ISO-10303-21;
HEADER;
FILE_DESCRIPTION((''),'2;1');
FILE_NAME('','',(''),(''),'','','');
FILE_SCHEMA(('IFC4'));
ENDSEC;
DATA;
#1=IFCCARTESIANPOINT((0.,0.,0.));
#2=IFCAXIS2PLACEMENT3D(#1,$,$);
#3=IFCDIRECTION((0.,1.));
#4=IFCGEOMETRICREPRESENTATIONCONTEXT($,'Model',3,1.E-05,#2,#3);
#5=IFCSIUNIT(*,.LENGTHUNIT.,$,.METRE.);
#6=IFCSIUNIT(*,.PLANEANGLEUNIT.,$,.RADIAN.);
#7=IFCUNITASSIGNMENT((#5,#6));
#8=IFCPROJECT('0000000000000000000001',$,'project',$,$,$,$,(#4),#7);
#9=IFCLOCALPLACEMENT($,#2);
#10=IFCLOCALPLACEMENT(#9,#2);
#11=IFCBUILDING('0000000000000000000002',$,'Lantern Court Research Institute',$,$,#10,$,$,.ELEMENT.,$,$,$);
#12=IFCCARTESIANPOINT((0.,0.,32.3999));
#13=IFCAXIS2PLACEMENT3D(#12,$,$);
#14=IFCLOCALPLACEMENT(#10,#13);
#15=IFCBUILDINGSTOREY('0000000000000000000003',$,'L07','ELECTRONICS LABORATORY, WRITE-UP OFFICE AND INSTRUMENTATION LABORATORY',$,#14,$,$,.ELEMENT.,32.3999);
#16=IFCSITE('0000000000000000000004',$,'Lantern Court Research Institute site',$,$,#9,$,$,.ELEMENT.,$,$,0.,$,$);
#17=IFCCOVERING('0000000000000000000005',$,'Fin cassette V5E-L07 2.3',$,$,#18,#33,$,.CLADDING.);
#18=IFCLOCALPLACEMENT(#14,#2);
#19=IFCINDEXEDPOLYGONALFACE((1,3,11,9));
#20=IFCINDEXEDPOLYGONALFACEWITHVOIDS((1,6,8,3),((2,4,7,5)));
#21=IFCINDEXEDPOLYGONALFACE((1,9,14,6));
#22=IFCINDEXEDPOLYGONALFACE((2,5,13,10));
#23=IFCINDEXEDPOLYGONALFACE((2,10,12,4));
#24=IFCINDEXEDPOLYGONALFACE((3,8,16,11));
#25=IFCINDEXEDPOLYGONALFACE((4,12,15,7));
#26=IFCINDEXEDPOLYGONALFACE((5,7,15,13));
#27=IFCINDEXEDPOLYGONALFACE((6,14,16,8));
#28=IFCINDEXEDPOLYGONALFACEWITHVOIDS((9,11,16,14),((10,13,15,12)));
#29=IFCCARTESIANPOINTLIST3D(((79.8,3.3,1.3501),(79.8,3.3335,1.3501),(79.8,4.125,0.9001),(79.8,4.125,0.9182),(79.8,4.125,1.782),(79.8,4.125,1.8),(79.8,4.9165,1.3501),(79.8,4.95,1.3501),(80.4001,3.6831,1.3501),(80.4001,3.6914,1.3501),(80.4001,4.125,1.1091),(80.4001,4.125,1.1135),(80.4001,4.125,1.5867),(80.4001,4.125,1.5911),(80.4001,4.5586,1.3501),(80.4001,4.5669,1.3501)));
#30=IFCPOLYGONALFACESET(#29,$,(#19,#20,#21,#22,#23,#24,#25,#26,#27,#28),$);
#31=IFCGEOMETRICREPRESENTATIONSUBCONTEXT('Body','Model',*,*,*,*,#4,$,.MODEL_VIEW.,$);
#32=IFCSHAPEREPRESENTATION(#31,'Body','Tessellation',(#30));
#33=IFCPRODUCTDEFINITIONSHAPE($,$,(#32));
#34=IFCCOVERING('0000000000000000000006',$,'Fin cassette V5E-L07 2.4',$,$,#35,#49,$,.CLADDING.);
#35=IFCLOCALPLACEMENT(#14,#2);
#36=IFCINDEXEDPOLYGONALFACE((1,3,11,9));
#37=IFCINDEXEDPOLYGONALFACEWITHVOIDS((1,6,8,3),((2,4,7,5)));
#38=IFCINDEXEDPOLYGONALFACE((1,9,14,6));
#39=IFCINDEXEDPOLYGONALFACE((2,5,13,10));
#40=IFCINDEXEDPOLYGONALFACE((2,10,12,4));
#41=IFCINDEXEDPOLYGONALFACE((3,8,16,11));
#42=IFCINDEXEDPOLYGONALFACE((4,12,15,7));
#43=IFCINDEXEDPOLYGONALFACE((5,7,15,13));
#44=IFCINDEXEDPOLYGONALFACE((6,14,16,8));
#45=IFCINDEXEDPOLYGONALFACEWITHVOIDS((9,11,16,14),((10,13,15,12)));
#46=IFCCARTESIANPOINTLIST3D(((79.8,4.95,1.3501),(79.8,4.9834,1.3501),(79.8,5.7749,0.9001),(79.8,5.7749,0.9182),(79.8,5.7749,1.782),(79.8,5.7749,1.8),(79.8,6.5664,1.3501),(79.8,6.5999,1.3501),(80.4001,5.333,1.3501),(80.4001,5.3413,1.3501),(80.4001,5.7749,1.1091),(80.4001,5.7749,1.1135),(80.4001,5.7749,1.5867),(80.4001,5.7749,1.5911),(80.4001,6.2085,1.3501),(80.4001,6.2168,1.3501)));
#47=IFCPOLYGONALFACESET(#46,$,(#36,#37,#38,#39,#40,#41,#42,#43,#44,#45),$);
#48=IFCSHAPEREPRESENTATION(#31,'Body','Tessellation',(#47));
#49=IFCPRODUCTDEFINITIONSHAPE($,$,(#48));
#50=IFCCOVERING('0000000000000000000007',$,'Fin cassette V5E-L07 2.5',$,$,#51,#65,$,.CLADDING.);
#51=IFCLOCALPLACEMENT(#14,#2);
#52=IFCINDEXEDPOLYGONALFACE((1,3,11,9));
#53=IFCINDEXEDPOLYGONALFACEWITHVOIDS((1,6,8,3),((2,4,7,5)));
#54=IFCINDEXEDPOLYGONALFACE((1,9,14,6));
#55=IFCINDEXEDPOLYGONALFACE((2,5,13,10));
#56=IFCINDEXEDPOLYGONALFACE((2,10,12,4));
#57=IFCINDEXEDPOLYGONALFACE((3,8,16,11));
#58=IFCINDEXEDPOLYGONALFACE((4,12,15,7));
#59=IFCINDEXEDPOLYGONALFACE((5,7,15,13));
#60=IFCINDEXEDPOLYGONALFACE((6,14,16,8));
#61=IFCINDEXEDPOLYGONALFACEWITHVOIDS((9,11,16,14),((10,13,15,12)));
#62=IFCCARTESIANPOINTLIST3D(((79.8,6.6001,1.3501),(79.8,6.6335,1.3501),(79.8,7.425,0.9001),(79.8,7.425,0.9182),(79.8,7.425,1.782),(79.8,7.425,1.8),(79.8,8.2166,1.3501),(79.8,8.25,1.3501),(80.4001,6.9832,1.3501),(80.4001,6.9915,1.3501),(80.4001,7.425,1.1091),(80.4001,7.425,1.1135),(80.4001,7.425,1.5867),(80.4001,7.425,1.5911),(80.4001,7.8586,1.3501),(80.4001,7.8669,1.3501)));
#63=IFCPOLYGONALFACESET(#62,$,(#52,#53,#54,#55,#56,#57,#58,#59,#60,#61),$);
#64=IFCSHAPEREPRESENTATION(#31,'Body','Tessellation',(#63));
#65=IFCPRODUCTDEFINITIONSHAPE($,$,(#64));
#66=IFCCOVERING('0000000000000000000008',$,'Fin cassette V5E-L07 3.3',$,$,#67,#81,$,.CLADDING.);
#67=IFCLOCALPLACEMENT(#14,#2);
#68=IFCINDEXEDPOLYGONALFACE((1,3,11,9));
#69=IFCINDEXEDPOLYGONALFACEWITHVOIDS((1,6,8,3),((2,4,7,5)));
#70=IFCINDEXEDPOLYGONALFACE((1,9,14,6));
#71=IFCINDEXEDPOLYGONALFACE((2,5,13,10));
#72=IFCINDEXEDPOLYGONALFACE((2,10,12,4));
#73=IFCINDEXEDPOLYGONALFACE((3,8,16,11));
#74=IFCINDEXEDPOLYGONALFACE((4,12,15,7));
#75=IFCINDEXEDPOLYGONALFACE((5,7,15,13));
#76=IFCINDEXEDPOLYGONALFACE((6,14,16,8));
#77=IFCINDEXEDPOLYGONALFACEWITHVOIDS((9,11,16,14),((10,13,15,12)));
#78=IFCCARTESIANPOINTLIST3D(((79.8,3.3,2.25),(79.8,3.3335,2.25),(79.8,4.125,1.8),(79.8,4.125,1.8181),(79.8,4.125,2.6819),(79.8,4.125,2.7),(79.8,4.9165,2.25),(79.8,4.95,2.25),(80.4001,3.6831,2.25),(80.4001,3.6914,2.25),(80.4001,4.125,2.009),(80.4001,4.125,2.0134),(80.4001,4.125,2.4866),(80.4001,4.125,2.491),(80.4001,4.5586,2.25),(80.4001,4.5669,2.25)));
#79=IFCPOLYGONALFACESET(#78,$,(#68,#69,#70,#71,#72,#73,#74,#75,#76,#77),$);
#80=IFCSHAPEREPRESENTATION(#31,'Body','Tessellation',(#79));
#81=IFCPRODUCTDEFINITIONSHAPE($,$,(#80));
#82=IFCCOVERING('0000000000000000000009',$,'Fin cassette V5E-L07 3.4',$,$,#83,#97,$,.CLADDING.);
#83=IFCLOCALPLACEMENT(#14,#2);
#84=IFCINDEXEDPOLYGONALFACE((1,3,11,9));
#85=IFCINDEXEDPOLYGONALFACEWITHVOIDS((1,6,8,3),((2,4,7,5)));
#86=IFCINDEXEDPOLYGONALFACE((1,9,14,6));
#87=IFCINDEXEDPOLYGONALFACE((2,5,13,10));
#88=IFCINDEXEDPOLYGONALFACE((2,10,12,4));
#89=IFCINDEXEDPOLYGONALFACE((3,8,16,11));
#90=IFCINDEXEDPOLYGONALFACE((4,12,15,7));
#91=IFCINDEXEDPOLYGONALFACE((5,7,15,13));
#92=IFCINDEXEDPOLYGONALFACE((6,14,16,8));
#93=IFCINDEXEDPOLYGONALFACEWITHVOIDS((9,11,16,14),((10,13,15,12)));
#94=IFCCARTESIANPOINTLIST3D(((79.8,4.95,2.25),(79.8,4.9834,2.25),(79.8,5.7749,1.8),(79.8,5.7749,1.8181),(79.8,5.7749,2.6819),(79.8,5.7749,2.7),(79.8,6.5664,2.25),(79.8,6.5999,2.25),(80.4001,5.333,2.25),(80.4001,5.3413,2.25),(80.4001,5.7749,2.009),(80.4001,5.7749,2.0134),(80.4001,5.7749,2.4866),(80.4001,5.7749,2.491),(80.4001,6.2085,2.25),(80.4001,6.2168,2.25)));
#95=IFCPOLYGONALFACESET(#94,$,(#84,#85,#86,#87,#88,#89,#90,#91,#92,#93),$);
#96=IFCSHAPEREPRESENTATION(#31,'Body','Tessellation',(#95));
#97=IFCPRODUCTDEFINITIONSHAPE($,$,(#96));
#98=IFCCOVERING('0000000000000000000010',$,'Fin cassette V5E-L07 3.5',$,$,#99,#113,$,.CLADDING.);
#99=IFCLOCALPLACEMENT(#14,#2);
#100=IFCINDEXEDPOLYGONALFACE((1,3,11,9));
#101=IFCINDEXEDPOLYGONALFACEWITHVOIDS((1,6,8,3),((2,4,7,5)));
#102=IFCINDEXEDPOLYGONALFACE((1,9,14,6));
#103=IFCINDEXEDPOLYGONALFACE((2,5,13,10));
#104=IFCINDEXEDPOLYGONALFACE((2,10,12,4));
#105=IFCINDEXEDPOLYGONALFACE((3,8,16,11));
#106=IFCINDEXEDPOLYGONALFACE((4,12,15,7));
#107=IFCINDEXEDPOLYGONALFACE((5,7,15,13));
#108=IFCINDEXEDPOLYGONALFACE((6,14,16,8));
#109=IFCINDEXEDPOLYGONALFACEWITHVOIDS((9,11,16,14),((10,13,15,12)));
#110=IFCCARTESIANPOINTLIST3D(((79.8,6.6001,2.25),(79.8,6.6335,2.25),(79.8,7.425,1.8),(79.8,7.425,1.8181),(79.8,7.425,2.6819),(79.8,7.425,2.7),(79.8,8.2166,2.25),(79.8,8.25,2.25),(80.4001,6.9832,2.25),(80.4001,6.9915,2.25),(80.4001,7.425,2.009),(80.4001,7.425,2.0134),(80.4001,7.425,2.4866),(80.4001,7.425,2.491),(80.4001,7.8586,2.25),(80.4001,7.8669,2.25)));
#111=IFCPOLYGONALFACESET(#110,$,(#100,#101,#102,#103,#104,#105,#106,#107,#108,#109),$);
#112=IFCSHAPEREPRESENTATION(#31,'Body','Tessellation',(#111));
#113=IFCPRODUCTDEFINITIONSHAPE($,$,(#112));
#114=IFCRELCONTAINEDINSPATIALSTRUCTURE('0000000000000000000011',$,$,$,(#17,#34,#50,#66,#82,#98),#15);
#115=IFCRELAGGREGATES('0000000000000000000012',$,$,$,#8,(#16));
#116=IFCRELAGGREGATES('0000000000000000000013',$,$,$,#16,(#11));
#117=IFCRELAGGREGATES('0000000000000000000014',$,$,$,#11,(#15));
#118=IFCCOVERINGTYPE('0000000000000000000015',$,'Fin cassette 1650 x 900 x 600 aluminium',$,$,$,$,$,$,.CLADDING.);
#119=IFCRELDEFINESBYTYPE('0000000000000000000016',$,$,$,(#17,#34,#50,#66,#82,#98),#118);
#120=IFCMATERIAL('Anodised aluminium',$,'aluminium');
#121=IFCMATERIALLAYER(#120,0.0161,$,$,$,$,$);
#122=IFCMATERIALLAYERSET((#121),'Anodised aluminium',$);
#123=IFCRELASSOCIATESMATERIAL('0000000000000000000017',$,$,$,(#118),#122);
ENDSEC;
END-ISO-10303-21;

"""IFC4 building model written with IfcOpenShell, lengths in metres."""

from ifc_helpers import new_model, entity, si_unit, direction, frame, origin, place, context, subcontext, project, spatial, material, layer, layer_set, type_object, element, save


model = new_model("IFC4")

# Units and contexts
model_context = context("Model", 3, precision=1e-05, world=origin(), true_north=direction((0.0, 1.0)))
body_context = subcontext(model_context, "Body", "Model", "MODEL_VIEW")
ifc_project = project(units=[si_unit("LENGTHUNIT", "METRE"), si_unit("PLANEANGLEUNIT", "RADIAN")], contexts=[model_context])

# Site, building, storey
site_placement = place(None, origin())
site = spatial("IfcSite", under=ifc_project, at=site_placement, Name="Lantern Court Research Institute site", CompositionType="ELEMENT", RefElevation=0.0)
building_placement = place(site_placement, origin())
building = spatial("IfcBuilding", under=site, at=building_placement, Name="Lantern Court Research Institute", CompositionType="ELEMENT")
storey_placement = place(building_placement, frame((0.0, 0.0, 32.3999)))
storey = spatial("IfcBuildingStorey", under=building, at=storey_placement, Name="L07", Description="ELECTRONICS LABORATORY, WRITE-UP OFFICE AND INSTRUMENTATION LABORATORY", CompositionType="ELEMENT", Elevation=32.3999)

# Coverings
ifc_material_1 = material(Name="Anodised aluminium", Category="aluminium")
ifc_layer_1 = layer(ifc_material_1, 0.0161)
ifc_layer_set_1 = layer_set([ifc_layer_1], Name="Anodised aluminium")
covering_type = type_object("IfcCoveringType", Name="Fin cassette 1650 x 900 x 600 aluminium", PredefinedType="CLADDING", material=ifc_layer_set_1)
covering_1_placement = place(storey_placement, frame((79.8, 4.125, 1.3501), z_axis=(1.0, 0.0, 0.0), x_axis=(0.0, 1.0, 0.0)))
cartesian_point_1 = entity("IfcCartesianPoint", [0.825, 0.0])
cartesian_point_2 = entity("IfcCartesianPoint", [0.7915, 0.0])
cartesian_point_3 = entity("IfcCartesianPoint", [0.4419, 0.0])
cartesian_point_4 = entity("IfcCartesianPoint", [0.4336, 0.0])
element("IfcCovering", 1, at=covering_1_placement, inside=storey, type_object=covering_type, Name="Fin cassette V5E-L07 2.3", PredefinedType="CLADDING", context=body_context, shape_type="SweptSolid", body=[
    entity("IfcExtrudedAreaSolidTapered", entity("IfcArbitraryProfileDefWithVoids", "AREA", None, entity("IfcPolyline", [cartesian_point_1, entity("IfcCartesianPoint", [0.0, 0.45]), entity("IfcCartesianPoint", [-0.825, 0.0]), entity("IfcCartesianPoint", [0.0, -0.45]), cartesian_point_1]), [entity("IfcPolyline", [cartesian_point_2, entity("IfcCartesianPoint", [0.0, 0.4319]), entity("IfcCartesianPoint", [-0.7915, 0.0]), entity("IfcCartesianPoint", [0.0, -0.4319]), cartesian_point_2])]), entity("IfcAxis2Placement3D", entity("IfcCartesianPoint", [0.0, 0.0, 0.0])), entity("IfcDirection", [0.0, 0.0, 1.0]), 0.6001, entity("IfcArbitraryProfileDefWithVoids", "AREA", None, entity("IfcPolyline", [cartesian_point_3, entity("IfcCartesianPoint", [0.0, 0.241]), entity("IfcCartesianPoint", [-0.4419, 0.0]), entity("IfcCartesianPoint", [0.0, -0.241]), cartesian_point_3]), [entity("IfcPolyline", [cartesian_point_4, entity("IfcCartesianPoint", [0.0, 0.2366]), entity("IfcCartesianPoint", [-0.4336, 0.0]), entity("IfcCartesianPoint", [0.0, -0.2366]), cartesian_point_4])])),
])
covering_2_placement = place(storey_placement, frame((79.8, 5.7749, 1.3501), z_axis=(1.0, 0.0, 0.0), x_axis=(0.0, 1.0, 0.0)))
cartesian_point_5 = entity("IfcCartesianPoint", [0.825, 0.0])
cartesian_point_6 = entity("IfcCartesianPoint", [0.7915, 0.0])
cartesian_point_7 = entity("IfcCartesianPoint", [0.4419, 0.0])
cartesian_point_8 = entity("IfcCartesianPoint", [0.4336, 0.0])
element("IfcCovering", 2, at=covering_2_placement, inside=storey, type_object=covering_type, Name="Fin cassette V5E-L07 2.4", PredefinedType="CLADDING", context=body_context, shape_type="SweptSolid", body=[
    entity("IfcExtrudedAreaSolidTapered", entity("IfcArbitraryProfileDefWithVoids", "AREA", None, entity("IfcPolyline", [cartesian_point_5, entity("IfcCartesianPoint", [0.0, 0.45]), entity("IfcCartesianPoint", [-0.825, 0.0]), entity("IfcCartesianPoint", [0.0, -0.45]), cartesian_point_5]), [entity("IfcPolyline", [cartesian_point_6, entity("IfcCartesianPoint", [0.0, 0.4319]), entity("IfcCartesianPoint", [-0.7915, 0.0]), entity("IfcCartesianPoint", [0.0, -0.4319]), cartesian_point_6])]), entity("IfcAxis2Placement3D", entity("IfcCartesianPoint", [0.0, 0.0, 0.0])), entity("IfcDirection", [0.0, 0.0, 1.0]), 0.6001, entity("IfcArbitraryProfileDefWithVoids", "AREA", None, entity("IfcPolyline", [cartesian_point_7, entity("IfcCartesianPoint", [0.0, 0.241]), entity("IfcCartesianPoint", [-0.4419, 0.0]), entity("IfcCartesianPoint", [0.0, -0.241]), cartesian_point_7]), [entity("IfcPolyline", [cartesian_point_8, entity("IfcCartesianPoint", [0.0, 0.2366]), entity("IfcCartesianPoint", [-0.4336, 0.0]), entity("IfcCartesianPoint", [0.0, -0.2366]), cartesian_point_8])])),
])
covering_3_placement = place(storey_placement, frame((79.8, 7.425, 1.3501), z_axis=(1.0, 0.0, 0.0), x_axis=(0.0, 1.0, 0.0)))
cartesian_point_9 = entity("IfcCartesianPoint", [0.825, 0.0])
cartesian_point_10 = entity("IfcCartesianPoint", [0.7915, 0.0])
cartesian_point_11 = entity("IfcCartesianPoint", [0.4419, 0.0])
cartesian_point_12 = entity("IfcCartesianPoint", [0.4336, 0.0])
element("IfcCovering", 3, at=covering_3_placement, inside=storey, type_object=covering_type, Name="Fin cassette V5E-L07 2.5", PredefinedType="CLADDING", context=body_context, shape_type="SweptSolid", body=[
    entity("IfcExtrudedAreaSolidTapered", entity("IfcArbitraryProfileDefWithVoids", "AREA", None, entity("IfcPolyline", [cartesian_point_9, entity("IfcCartesianPoint", [0.0, 0.45]), entity("IfcCartesianPoint", [-0.825, 0.0]), entity("IfcCartesianPoint", [0.0, -0.45]), cartesian_point_9]), [entity("IfcPolyline", [cartesian_point_10, entity("IfcCartesianPoint", [0.0, 0.4319]), entity("IfcCartesianPoint", [-0.7915, 0.0]), entity("IfcCartesianPoint", [0.0, -0.4319]), cartesian_point_10])]), entity("IfcAxis2Placement3D", entity("IfcCartesianPoint", [0.0, 0.0, 0.0])), entity("IfcDirection", [0.0, 0.0, 1.0]), 0.6001, entity("IfcArbitraryProfileDefWithVoids", "AREA", None, entity("IfcPolyline", [cartesian_point_11, entity("IfcCartesianPoint", [0.0, 0.241]), entity("IfcCartesianPoint", [-0.4419, 0.0]), entity("IfcCartesianPoint", [0.0, -0.241]), cartesian_point_11]), [entity("IfcPolyline", [cartesian_point_12, entity("IfcCartesianPoint", [0.0, 0.2366]), entity("IfcCartesianPoint", [-0.4336, 0.0]), entity("IfcCartesianPoint", [0.0, -0.2366]), cartesian_point_12])])),
])
covering_4_placement = place(storey_placement, frame((79.8, 4.125, 2.25), z_axis=(1.0, 0.0, 0.0), x_axis=(0.0, 1.0, 0.0)))
cartesian_point_13 = entity("IfcCartesianPoint", [0.825, 0.0])
cartesian_point_14 = entity("IfcCartesianPoint", [0.7915, 0.0])
cartesian_point_15 = entity("IfcCartesianPoint", [0.4419, 0.0])
cartesian_point_16 = entity("IfcCartesianPoint", [0.4336, 0.0])
element("IfcCovering", 4, at=covering_4_placement, inside=storey, type_object=covering_type, Name="Fin cassette V5E-L07 3.3", PredefinedType="CLADDING", context=body_context, shape_type="SweptSolid", body=[
    entity("IfcExtrudedAreaSolidTapered", entity("IfcArbitraryProfileDefWithVoids", "AREA", None, entity("IfcPolyline", [cartesian_point_13, entity("IfcCartesianPoint", [0.0, 0.45]), entity("IfcCartesianPoint", [-0.825, 0.0]), entity("IfcCartesianPoint", [0.0, -0.45]), cartesian_point_13]), [entity("IfcPolyline", [cartesian_point_14, entity("IfcCartesianPoint", [0.0, 0.4319]), entity("IfcCartesianPoint", [-0.7915, 0.0]), entity("IfcCartesianPoint", [0.0, -0.4319]), cartesian_point_14])]), entity("IfcAxis2Placement3D", entity("IfcCartesianPoint", [0.0, 0.0, 0.0])), entity("IfcDirection", [0.0, 0.0, 1.0]), 0.6001, entity("IfcArbitraryProfileDefWithVoids", "AREA", None, entity("IfcPolyline", [cartesian_point_15, entity("IfcCartesianPoint", [0.0, 0.241]), entity("IfcCartesianPoint", [-0.4419, 0.0]), entity("IfcCartesianPoint", [0.0, -0.241]), cartesian_point_15]), [entity("IfcPolyline", [cartesian_point_16, entity("IfcCartesianPoint", [0.0, 0.2366]), entity("IfcCartesianPoint", [-0.4336, 0.0]), entity("IfcCartesianPoint", [0.0, -0.2366]), cartesian_point_16])])),
])
covering_5_placement = place(storey_placement, frame((79.8, 5.7749, 2.25), z_axis=(1.0, 0.0, 0.0), x_axis=(0.0, 1.0, 0.0)))
cartesian_point_17 = entity("IfcCartesianPoint", [0.825, 0.0])
cartesian_point_18 = entity("IfcCartesianPoint", [0.7915, 0.0])
cartesian_point_19 = entity("IfcCartesianPoint", [0.4419, 0.0])
cartesian_point_20 = entity("IfcCartesianPoint", [0.4336, 0.0])
element("IfcCovering", 5, at=covering_5_placement, inside=storey, type_object=covering_type, Name="Fin cassette V5E-L07 3.4", PredefinedType="CLADDING", context=body_context, shape_type="SweptSolid", body=[
    entity("IfcExtrudedAreaSolidTapered", entity("IfcArbitraryProfileDefWithVoids", "AREA", None, entity("IfcPolyline", [cartesian_point_17, entity("IfcCartesianPoint", [0.0, 0.45]), entity("IfcCartesianPoint", [-0.825, 0.0]), entity("IfcCartesianPoint", [0.0, -0.45]), cartesian_point_17]), [entity("IfcPolyline", [cartesian_point_18, entity("IfcCartesianPoint", [0.0, 0.4319]), entity("IfcCartesianPoint", [-0.7915, 0.0]), entity("IfcCartesianPoint", [0.0, -0.4319]), cartesian_point_18])]), entity("IfcAxis2Placement3D", entity("IfcCartesianPoint", [0.0, 0.0, 0.0])), entity("IfcDirection", [0.0, 0.0, 1.0]), 0.6001, entity("IfcArbitraryProfileDefWithVoids", "AREA", None, entity("IfcPolyline", [cartesian_point_19, entity("IfcCartesianPoint", [0.0, 0.241]), entity("IfcCartesianPoint", [-0.4419, 0.0]), entity("IfcCartesianPoint", [0.0, -0.241]), cartesian_point_19]), [entity("IfcPolyline", [cartesian_point_20, entity("IfcCartesianPoint", [0.0, 0.2366]), entity("IfcCartesianPoint", [-0.4336, 0.0]), entity("IfcCartesianPoint", [0.0, -0.2366]), cartesian_point_20])])),
])
covering_6_placement = place(storey_placement, frame((79.8, 7.425, 2.25), z_axis=(1.0, 0.0, 0.0), x_axis=(0.0, 1.0, 0.0)))
cartesian_point_21 = entity("IfcCartesianPoint", [0.825, 0.0])
cartesian_point_22 = entity("IfcCartesianPoint", [0.7915, 0.0])
cartesian_point_23 = entity("IfcCartesianPoint", [0.4419, 0.0])
cartesian_point_24 = entity("IfcCartesianPoint", [0.4336, 0.0])
element("IfcCovering", 6, at=covering_6_placement, inside=storey, type_object=covering_type, Name="Fin cassette V5E-L07 3.5", PredefinedType="CLADDING", context=body_context, shape_type="SweptSolid", body=[
    entity("IfcExtrudedAreaSolidTapered", entity("IfcArbitraryProfileDefWithVoids", "AREA", None, entity("IfcPolyline", [cartesian_point_21, entity("IfcCartesianPoint", [0.0, 0.45]), entity("IfcCartesianPoint", [-0.825, 0.0]), entity("IfcCartesianPoint", [0.0, -0.45]), cartesian_point_21]), [entity("IfcPolyline", [cartesian_point_22, entity("IfcCartesianPoint", [0.0, 0.4319]), entity("IfcCartesianPoint", [-0.7915, 0.0]), entity("IfcCartesianPoint", [0.0, -0.4319]), cartesian_point_22])]), entity("IfcAxis2Placement3D", entity("IfcCartesianPoint", [0.0, 0.0, 0.0])), entity("IfcDirection", [0.0, 0.0, 1.0]), 0.6001, entity("IfcArbitraryProfileDefWithVoids", "AREA", None, entity("IfcPolyline", [cartesian_point_23, entity("IfcCartesianPoint", [0.0, 0.241]), entity("IfcCartesianPoint", [-0.4419, 0.0]), entity("IfcCartesianPoint", [0.0, -0.241]), cartesian_point_23]), [entity("IfcPolyline", [cartesian_point_24, entity("IfcCartesianPoint", [0.0, 0.2366]), entity("IfcCartesianPoint", [-0.4336, 0.0]), entity("IfcCartesianPoint", [0.0, -0.2366]), cartesian_point_24])])),
])

save(model, "model.ifc")
